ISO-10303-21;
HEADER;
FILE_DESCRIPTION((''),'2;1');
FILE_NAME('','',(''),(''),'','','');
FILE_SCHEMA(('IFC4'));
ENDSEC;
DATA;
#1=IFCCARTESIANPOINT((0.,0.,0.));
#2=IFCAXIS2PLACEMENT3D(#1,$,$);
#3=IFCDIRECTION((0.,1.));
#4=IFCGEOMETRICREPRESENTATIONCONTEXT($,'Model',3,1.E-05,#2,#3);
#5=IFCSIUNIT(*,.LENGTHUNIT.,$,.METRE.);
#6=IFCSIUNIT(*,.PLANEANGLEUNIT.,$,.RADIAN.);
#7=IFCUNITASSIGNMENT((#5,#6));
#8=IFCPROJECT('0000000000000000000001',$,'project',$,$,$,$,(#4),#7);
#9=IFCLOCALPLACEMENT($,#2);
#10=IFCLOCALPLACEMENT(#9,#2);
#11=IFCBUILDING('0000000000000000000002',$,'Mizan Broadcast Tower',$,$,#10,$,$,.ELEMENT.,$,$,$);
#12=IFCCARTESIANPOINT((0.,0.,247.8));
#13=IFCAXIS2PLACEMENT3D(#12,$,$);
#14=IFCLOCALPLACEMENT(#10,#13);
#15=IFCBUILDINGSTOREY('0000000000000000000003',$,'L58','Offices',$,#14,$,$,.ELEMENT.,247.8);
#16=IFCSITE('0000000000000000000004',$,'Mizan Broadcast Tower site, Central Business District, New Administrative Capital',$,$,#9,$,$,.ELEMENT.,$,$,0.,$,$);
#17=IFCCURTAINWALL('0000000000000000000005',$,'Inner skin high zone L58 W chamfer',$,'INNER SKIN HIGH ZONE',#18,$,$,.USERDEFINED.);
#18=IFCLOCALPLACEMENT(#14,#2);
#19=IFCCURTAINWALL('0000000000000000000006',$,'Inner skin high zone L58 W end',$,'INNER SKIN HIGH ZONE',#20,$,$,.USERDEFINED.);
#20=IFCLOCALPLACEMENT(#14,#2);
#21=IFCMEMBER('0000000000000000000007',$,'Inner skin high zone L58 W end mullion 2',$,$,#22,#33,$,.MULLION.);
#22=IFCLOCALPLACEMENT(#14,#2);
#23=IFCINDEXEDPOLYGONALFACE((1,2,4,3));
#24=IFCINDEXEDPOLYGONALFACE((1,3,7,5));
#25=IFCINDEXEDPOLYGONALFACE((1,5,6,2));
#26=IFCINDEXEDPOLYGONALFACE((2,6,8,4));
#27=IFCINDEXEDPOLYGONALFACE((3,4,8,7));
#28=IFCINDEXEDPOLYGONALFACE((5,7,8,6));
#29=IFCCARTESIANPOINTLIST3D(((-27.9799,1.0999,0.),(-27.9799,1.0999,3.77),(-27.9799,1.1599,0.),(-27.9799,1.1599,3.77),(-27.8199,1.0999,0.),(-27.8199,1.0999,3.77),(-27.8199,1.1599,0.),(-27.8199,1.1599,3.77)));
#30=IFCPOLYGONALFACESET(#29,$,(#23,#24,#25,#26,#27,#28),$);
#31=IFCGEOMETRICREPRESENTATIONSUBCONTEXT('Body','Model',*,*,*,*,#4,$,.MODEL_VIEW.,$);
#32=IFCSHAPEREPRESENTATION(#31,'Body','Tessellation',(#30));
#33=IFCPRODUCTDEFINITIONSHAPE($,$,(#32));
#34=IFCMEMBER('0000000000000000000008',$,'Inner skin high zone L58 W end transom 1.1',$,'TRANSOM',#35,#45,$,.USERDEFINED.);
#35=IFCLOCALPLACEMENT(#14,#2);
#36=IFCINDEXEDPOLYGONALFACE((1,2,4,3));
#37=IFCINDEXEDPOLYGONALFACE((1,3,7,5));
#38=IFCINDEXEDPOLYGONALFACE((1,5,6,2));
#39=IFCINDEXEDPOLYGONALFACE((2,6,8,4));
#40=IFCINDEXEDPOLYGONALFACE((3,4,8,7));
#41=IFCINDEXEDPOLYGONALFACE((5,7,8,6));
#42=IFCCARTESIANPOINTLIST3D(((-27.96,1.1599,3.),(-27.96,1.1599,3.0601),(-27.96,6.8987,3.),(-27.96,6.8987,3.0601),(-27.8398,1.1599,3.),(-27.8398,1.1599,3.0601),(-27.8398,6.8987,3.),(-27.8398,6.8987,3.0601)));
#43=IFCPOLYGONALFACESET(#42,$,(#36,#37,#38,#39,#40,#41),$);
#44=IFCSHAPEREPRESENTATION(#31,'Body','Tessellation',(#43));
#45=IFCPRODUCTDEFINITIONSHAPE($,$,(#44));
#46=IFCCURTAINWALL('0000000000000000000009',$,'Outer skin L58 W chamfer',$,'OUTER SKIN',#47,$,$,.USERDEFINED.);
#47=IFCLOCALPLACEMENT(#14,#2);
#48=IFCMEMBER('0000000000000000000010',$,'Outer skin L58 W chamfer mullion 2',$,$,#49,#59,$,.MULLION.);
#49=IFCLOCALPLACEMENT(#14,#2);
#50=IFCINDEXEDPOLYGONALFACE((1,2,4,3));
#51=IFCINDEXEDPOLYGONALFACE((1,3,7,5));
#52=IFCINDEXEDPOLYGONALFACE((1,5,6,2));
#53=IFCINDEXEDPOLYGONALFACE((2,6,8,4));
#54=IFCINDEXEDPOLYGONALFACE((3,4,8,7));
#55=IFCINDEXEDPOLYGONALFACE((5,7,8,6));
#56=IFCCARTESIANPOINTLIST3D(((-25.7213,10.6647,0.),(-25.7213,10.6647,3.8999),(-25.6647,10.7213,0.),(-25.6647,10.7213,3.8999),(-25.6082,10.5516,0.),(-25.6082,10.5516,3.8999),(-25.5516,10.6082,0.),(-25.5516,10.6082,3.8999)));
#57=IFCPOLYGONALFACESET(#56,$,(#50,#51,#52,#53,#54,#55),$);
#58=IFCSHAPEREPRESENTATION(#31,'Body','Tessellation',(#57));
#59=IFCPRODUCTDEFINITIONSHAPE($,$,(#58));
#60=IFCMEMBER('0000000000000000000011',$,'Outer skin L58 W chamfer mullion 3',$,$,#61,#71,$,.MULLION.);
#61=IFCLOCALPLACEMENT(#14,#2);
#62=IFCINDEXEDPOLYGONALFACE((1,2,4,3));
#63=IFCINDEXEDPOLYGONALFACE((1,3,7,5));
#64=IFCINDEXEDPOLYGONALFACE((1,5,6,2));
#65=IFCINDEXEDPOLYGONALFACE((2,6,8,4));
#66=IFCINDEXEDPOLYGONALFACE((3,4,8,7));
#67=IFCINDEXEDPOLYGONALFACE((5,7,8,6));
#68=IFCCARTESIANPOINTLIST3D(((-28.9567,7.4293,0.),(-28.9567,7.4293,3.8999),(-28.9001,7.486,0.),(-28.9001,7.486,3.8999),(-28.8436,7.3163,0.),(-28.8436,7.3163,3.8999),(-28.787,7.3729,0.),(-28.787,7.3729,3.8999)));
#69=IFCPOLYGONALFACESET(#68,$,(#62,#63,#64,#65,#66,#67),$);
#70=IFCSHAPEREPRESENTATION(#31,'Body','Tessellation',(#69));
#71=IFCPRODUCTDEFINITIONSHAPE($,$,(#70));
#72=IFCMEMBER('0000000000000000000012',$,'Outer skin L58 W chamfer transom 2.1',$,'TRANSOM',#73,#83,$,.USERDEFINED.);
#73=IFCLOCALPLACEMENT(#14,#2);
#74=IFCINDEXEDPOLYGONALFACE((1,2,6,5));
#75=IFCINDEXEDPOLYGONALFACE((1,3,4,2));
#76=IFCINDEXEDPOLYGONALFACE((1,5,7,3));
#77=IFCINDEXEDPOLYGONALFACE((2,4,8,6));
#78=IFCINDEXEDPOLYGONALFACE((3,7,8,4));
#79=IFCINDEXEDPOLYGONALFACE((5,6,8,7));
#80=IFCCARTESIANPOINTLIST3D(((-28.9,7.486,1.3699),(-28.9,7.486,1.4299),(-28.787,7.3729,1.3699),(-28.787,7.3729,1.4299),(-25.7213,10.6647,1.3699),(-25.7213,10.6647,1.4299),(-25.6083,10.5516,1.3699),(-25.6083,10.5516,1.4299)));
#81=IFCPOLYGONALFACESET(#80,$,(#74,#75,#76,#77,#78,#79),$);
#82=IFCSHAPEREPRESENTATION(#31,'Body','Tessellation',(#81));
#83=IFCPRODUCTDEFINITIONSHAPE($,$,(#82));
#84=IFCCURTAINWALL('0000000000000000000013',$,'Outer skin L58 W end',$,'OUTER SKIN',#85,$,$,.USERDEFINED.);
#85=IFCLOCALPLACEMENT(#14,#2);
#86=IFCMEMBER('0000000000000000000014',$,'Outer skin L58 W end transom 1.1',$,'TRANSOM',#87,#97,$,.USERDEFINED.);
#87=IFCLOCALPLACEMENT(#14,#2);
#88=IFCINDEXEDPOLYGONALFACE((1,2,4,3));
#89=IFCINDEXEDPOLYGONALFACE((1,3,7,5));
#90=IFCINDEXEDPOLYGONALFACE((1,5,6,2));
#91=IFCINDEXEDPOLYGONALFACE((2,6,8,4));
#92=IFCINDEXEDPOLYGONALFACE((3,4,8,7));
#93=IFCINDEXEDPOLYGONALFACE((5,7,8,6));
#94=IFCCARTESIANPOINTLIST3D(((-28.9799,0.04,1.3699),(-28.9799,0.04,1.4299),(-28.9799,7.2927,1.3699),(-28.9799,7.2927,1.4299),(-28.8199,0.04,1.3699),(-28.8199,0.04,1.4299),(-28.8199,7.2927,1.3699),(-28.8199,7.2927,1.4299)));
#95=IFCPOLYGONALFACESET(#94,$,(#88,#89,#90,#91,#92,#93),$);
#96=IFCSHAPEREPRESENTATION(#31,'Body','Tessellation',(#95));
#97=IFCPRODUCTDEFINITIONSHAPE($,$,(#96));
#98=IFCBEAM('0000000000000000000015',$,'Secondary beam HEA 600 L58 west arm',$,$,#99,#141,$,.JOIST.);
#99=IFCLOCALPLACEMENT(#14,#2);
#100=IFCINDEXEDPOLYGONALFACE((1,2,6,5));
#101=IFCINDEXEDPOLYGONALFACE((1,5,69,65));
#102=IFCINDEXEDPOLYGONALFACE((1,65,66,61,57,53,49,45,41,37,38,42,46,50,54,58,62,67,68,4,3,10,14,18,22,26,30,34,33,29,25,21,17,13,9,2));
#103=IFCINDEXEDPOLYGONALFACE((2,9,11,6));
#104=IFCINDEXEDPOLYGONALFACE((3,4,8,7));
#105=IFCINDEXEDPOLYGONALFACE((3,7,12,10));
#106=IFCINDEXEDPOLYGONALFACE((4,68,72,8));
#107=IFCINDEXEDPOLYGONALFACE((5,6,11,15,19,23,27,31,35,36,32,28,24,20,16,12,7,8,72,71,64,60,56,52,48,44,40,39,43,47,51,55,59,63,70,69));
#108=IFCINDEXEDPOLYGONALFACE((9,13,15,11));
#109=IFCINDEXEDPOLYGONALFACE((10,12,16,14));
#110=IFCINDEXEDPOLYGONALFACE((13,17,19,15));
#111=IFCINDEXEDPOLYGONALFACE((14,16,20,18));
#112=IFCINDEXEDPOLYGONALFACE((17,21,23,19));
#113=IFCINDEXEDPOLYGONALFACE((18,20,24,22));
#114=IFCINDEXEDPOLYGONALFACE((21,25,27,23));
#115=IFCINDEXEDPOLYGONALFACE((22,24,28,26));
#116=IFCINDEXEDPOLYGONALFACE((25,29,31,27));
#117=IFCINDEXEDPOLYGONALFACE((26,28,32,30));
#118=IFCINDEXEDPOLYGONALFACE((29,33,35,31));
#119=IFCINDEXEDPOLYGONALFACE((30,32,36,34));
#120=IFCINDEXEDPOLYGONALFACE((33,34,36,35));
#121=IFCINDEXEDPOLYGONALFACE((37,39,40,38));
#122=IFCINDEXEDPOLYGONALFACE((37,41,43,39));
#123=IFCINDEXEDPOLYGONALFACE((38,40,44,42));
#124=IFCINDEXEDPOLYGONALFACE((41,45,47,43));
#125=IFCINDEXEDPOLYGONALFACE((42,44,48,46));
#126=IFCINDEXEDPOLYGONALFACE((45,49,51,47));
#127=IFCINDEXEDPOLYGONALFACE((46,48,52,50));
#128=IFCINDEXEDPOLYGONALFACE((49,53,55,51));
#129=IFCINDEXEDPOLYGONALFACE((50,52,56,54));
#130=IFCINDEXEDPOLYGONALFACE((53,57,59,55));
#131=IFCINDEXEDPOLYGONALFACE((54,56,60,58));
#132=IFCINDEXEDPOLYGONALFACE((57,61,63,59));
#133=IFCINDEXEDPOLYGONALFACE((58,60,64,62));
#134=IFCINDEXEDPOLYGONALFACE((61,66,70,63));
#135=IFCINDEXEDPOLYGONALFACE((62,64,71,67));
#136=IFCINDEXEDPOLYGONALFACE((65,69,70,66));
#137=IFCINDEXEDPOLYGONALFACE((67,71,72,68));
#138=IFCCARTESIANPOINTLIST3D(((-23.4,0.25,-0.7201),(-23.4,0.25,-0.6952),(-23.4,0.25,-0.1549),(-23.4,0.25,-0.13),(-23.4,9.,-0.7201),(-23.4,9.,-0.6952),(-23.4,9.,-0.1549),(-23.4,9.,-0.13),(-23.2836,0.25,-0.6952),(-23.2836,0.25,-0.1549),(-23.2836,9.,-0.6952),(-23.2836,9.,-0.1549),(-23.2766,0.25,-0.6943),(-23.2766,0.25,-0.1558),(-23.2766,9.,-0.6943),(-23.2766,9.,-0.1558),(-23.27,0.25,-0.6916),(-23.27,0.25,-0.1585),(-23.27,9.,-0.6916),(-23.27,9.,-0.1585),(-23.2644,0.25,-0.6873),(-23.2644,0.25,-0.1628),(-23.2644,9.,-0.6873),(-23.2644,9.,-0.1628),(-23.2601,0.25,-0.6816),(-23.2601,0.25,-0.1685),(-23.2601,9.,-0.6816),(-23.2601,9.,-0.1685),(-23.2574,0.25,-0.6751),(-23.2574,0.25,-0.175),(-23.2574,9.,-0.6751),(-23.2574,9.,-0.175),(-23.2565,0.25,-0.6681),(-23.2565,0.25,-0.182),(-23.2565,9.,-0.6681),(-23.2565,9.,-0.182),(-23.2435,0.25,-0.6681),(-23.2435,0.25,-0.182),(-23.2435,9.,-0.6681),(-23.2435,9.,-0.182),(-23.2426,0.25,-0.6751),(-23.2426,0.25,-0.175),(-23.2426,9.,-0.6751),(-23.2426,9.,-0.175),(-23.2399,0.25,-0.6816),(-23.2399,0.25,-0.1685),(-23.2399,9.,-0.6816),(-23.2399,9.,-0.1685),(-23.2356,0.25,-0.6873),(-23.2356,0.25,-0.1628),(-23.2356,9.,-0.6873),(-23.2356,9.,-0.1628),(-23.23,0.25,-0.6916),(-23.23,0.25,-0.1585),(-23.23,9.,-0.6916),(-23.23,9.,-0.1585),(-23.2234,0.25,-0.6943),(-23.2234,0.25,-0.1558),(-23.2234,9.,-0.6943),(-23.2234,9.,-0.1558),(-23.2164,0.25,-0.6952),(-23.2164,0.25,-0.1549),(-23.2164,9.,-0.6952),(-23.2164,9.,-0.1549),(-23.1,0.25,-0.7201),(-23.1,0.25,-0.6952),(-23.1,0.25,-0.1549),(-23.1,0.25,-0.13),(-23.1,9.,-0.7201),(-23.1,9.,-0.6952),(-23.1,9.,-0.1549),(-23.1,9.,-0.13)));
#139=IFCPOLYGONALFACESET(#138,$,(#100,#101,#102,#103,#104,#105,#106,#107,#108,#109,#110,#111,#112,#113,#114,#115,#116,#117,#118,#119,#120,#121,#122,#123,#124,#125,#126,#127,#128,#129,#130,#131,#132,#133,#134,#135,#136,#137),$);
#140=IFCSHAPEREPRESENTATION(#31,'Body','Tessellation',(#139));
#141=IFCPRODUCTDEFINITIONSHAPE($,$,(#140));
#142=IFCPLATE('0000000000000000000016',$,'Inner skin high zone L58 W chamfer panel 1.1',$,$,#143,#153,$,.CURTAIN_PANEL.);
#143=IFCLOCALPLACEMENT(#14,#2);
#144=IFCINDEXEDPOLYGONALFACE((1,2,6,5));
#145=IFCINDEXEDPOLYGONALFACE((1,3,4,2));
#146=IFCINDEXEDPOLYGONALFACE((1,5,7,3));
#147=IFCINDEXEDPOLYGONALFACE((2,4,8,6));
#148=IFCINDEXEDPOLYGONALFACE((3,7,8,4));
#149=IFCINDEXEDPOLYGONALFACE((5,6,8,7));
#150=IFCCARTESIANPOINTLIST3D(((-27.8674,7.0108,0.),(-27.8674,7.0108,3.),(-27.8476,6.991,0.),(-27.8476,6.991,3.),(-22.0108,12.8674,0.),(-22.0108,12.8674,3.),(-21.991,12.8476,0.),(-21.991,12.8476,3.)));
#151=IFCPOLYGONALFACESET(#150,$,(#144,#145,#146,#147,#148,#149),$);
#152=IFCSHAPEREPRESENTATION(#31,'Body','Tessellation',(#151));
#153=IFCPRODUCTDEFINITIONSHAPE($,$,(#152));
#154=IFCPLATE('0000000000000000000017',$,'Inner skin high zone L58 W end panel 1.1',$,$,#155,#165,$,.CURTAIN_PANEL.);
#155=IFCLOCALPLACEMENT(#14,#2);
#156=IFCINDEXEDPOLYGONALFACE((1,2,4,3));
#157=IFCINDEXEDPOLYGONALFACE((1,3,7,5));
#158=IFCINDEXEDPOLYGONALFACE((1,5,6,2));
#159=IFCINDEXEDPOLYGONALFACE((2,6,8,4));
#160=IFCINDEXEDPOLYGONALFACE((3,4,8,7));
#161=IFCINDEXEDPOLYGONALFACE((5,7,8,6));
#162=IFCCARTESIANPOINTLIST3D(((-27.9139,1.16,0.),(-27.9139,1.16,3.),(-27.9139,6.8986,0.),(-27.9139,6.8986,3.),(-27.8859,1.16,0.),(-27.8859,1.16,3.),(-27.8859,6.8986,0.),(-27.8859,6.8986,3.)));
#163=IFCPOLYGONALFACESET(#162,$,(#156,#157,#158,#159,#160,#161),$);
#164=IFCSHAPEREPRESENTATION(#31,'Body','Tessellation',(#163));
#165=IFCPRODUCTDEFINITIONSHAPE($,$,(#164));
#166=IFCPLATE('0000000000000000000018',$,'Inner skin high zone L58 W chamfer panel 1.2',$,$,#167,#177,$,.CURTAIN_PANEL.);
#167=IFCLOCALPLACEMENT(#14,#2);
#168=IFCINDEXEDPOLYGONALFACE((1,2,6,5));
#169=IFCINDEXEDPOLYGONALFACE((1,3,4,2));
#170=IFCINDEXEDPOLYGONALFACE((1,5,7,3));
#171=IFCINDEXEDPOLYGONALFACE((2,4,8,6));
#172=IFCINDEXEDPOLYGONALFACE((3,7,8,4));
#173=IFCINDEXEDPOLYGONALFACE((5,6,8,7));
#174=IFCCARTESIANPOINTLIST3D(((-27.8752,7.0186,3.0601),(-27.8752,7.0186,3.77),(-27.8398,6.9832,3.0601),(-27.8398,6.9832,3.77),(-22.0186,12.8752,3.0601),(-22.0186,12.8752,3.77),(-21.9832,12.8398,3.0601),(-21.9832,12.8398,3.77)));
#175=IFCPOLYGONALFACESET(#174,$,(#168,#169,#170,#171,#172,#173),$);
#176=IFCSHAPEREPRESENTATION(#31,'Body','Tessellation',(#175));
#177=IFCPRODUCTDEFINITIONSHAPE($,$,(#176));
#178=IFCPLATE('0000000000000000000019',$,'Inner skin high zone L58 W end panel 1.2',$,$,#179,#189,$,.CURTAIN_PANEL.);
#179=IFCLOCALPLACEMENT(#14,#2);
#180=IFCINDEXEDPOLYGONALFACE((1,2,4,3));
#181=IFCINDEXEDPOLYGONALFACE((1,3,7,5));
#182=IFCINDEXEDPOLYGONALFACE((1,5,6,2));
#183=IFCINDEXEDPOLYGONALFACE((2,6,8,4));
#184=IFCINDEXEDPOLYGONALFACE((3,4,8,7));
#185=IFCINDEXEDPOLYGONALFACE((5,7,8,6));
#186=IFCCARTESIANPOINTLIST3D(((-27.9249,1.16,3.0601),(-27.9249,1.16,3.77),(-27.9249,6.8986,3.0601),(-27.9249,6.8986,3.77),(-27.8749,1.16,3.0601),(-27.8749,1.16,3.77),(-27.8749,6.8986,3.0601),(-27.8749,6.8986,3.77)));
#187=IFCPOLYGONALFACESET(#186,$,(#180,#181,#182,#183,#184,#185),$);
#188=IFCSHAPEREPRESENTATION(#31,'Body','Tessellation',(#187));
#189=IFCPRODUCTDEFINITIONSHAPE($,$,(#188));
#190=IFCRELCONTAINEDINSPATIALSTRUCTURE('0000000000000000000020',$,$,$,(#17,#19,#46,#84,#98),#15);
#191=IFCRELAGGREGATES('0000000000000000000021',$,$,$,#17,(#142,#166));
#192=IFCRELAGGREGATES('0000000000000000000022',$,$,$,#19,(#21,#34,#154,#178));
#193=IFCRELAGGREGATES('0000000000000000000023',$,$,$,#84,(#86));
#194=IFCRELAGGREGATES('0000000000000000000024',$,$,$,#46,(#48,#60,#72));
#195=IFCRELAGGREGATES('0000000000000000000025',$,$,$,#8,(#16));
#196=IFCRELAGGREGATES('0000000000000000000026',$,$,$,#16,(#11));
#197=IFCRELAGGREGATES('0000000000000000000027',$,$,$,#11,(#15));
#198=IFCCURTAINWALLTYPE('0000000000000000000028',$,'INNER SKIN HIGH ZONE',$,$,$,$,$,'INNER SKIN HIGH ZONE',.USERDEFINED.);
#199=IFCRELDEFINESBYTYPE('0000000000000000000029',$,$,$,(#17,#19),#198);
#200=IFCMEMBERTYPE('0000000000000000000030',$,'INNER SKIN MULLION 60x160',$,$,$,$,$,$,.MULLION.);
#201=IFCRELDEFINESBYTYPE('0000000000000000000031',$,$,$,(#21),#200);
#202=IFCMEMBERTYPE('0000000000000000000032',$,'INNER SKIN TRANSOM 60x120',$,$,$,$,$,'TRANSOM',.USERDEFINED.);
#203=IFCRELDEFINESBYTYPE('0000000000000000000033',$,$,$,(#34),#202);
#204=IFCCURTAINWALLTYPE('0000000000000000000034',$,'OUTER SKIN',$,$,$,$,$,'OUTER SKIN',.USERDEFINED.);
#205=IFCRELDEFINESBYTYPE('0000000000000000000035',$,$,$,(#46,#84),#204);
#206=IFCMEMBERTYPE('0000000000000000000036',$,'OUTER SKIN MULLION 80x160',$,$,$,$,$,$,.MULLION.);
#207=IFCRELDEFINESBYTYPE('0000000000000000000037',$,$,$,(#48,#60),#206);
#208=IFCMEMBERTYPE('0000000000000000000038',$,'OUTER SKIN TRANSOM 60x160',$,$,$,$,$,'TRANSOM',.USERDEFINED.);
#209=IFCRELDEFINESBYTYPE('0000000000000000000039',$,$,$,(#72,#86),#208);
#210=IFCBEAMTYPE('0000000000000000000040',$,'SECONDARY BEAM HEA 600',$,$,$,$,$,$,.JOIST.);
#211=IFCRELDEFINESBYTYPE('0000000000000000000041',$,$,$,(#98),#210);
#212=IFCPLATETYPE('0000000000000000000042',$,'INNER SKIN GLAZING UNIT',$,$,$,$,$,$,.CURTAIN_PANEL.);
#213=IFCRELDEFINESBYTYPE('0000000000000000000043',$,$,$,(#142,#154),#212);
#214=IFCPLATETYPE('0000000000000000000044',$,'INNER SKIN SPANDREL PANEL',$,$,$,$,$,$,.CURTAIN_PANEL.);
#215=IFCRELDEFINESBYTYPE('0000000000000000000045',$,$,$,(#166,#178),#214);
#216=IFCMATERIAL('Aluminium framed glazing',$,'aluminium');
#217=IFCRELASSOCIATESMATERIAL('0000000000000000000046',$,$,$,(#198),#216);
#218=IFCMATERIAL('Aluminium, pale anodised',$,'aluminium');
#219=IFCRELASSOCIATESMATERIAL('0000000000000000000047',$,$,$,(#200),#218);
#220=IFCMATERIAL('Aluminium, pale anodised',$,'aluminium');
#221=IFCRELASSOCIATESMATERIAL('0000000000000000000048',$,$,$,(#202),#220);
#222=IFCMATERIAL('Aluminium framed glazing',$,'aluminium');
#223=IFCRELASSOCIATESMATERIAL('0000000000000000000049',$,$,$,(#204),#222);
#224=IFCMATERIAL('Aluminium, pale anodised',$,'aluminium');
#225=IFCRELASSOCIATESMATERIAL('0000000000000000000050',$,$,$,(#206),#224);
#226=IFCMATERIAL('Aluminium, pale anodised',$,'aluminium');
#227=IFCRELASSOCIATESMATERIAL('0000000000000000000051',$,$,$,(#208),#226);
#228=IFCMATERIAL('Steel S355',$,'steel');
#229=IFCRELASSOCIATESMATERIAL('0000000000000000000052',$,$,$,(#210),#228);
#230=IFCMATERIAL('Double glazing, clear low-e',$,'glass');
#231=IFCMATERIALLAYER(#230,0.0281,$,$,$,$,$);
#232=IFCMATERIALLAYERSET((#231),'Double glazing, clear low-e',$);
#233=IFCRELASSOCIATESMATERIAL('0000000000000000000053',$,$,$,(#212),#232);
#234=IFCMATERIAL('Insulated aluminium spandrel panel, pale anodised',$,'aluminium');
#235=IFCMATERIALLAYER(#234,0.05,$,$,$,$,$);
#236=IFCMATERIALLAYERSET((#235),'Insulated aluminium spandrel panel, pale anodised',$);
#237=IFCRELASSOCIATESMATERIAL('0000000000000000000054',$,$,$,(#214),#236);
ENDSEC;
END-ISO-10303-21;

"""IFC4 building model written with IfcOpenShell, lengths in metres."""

from ifc_helpers import new_model, si_unit, direction, frame, origin, origin_2d, place, context, subcontext, project, spatial, rectangle, i_section, extrude, material, layer, layer_set, material_profile, profile_set, type_object, element, aggregate, save


model = new_model("IFC4")

# Units and contexts
model_context = context("Model", 3, precision=1e-05, world=origin(), true_north=direction((0.0, 1.0)))
body_context = subcontext(model_context, "Body", "Model", "MODEL_VIEW")
ifc_project = project(units=[si_unit("LENGTHUNIT", "METRE"), si_unit("PLANEANGLEUNIT", "RADIAN")], contexts=[model_context])

# Site, building, storey
site_placement = place(None, origin())
site = spatial("IfcSite", under=ifc_project, at=site_placement, Name="Mizan Broadcast Tower site, Central Business District, New Administrative Capital", CompositionType="ELEMENT", RefElevation=0.0)
building_placement = place(site_placement, origin())
building = spatial("IfcBuilding", under=site, at=building_placement, Name="Mizan Broadcast Tower", CompositionType="ELEMENT")
storey_placement = place(building_placement, frame((0.0, 0.0, 247.8)))
storey = spatial("IfcBuildingStorey", under=building, at=storey_placement, Name="L58", Description="Offices", CompositionType="ELEMENT", Elevation=247.8)

# Curtain wall
ifc_material_1 = material(Name="Aluminium framed glazing", Category="aluminium")
curtain_wall_type_1 = type_object("IfcCurtainWallType", Name="INNER SKIN HIGH ZONE", ElementType="INNER SKIN HIGH ZONE", PredefinedType="USERDEFINED", material=ifc_material_1)
curtain_wall_1_placement = place(storey_placement, origin())
curtain_wall_1 = element("IfcCurtainWall", 1, at=curtain_wall_1_placement, inside=storey, type_object=curtain_wall_type_1, Name="Inner skin high zone L58 W chamfer", ObjectType="INNER SKIN HIGH ZONE", PredefinedType="USERDEFINED")
ifc_material_2 = material(Name="Aluminium, pale anodised", Category="aluminium")
ifc_material_profile_1 = material_profile(ifc_material_2, rectangle(XDim=0.1599, YDim=0.0601, at=origin_2d()), Name="MULLION 160x60")
ifc_profile_set_1 = profile_set([ifc_material_profile_1], Name="Aluminium, pale anodised")
member_type_1 = type_object("IfcMemberType", Name="INNER SKIN MULLION 60x160", PredefinedType="MULLION", material=ifc_profile_set_1)

# Curtain walls, members
curtain_wall_2_placement = place(storey_placement, origin())
curtain_wall_2 = element("IfcCurtainWall", 2, at=curtain_wall_2_placement, inside=storey, type_object=curtain_wall_type_1, Name="Inner skin high zone L58 W end", ObjectType="INNER SKIN HIGH ZONE", PredefinedType="USERDEFINED")
member_1_placement = place(storey_placement, frame((-27.8999, 1.1299, 0.0), z_axis=(0.0, 0.0, 1.0), x_axis=(1.0, 0.0, 0.0)))
member_1 = element("IfcMember", 3, at=member_1_placement, type_object=member_type_1, Name="Inner skin high zone L58 W end mullion 2", PredefinedType="MULLION", context=body_context, shape_type="SweptSolid", body=[
    extrude(rectangle(XDim=0.1599, YDim=0.0601, at=origin_2d()), origin(), (0.0, 0.0, 1.0), 3.77),
])
ifc_material_3 = material(Name="Aluminium, pale anodised", Category="aluminium")
ifc_material_profile_2 = material_profile(ifc_material_3, rectangle(XDim=0.1201, YDim=0.0601, at=origin_2d()), Name="TRANSOM 120x60")
ifc_profile_set_2 = profile_set([ifc_material_profile_2], Name="Aluminium, pale anodised")
member_type_2 = type_object("IfcMemberType", Name="INNER SKIN TRANSOM 60x120", ElementType="TRANSOM", PredefinedType="USERDEFINED", material=ifc_profile_set_2)
member_2_placement = place(storey_placement, frame((-27.8999, 6.8987, 3.03), z_axis=(0.0, -1.0, 0.0), x_axis=(1.0, 0.0, 0.0)))
member_2 = element("IfcMember", 4, at=member_2_placement, type_object=member_type_2, Name="Inner skin high zone L58 W end transom 1.1", ObjectType="TRANSOM", PredefinedType="USERDEFINED", context=body_context, shape_type="SweptSolid", body=[
    extrude(rectangle(XDim=0.1201, YDim=0.0601, at=origin_2d()), origin(), (0.0, 0.0, 1.0), 5.7388),
])
ifc_material_4 = material(Name="Aluminium framed glazing", Category="aluminium")
curtain_wall_type_2 = type_object("IfcCurtainWallType", Name="OUTER SKIN", ElementType="OUTER SKIN", PredefinedType="USERDEFINED", material=ifc_material_4)
curtain_wall_3_placement = place(storey_placement, origin())
curtain_wall_3 = element("IfcCurtainWall", 5, at=curtain_wall_3_placement, inside=storey, type_object=curtain_wall_type_2, Name="Outer skin L58 W chamfer", ObjectType="OUTER SKIN", PredefinedType="USERDEFINED")
ifc_material_5 = material(Name="Aluminium, pale anodised", Category="aluminium")
ifc_material_profile_3 = material_profile(ifc_material_5, rectangle(XDim=0.1599, YDim=0.0801, at=origin_2d()), Name="MULLION 160x80")
ifc_profile_set_3 = profile_set([ifc_material_profile_3], Name="Aluminium, pale anodised")
member_type_3 = type_object("IfcMemberType", Name="OUTER SKIN MULLION 80x160", PredefinedType="MULLION", material=ifc_profile_set_3)
member_3_placement = place(storey_placement, frame((-25.6365, 10.6365, 0.0), z_axis=(0.0, 0.0, 1.0), x_axis=(0.707107, -0.707107, 0.0)))
member_3 = element("IfcMember", 6, at=member_3_placement, type_object=member_type_3, Name="Outer skin L58 W chamfer mullion 2", PredefinedType="MULLION", context=body_context, shape_type="SweptSolid", body=[
    extrude(rectangle(XDim=0.1599, YDim=0.0801, at=origin_2d()), origin(), (0.0, 0.0, 1.0), 3.8999),
])
member_4_placement = place(storey_placement, frame((-28.8718, 7.4011, 0.0), z_axis=(0.0, 0.0, 1.0), x_axis=(0.707107, -0.707107, 0.0)))
member_4 = element("IfcMember", 7, at=member_4_placement, type_object=member_type_3, Name="Outer skin L58 W chamfer mullion 3", PredefinedType="MULLION", context=body_context, shape_type="SweptSolid", body=[
    extrude(rectangle(XDim=0.1599, YDim=0.0801, at=origin_2d()), origin(), (0.0, 0.0, 1.0), 3.8999),
])
ifc_material_6 = material(Name="Aluminium, pale anodised", Category="aluminium")
ifc_material_profile_4 = material_profile(ifc_material_6, rectangle(XDim=0.1599, YDim=0.0601, at=origin_2d()), Name="TRANSOM 160x60")
ifc_profile_set_4 = profile_set([ifc_material_profile_4], Name="Aluminium, pale anodised")
member_type_4 = type_object("IfcMemberType", Name="OUTER SKIN TRANSOM 60x160", ElementType="TRANSOM", PredefinedType="USERDEFINED", material=ifc_profile_set_4)
member_5_placement = place(storey_placement, frame((-25.6648, 10.6082, 1.3999), z_axis=(-0.707107, -0.707107, 0.0), x_axis=(0.707107, -0.707107, 0.0)))
member_5 = element("IfcMember", 8, at=member_5_placement, type_object=member_type_4, Name="Outer skin L58 W chamfer transom 2.1", ObjectType="TRANSOM", PredefinedType="USERDEFINED", context=body_context, shape_type="SweptSolid", body=[
    extrude(rectangle(XDim=0.1599, YDim=0.0601, at=origin_2d()), origin(), (0.0, 0.0, 1.0), 4.4954),
])

# Curtain wall, member
curtain_wall_4_placement = place(storey_placement, origin())
curtain_wall_4 = element("IfcCurtainWall", 9, at=curtain_wall_4_placement, inside=storey, type_object=curtain_wall_type_2, Name="Outer skin L58 W end", ObjectType="OUTER SKIN", PredefinedType="USERDEFINED")
member_6_placement = place(storey_placement, frame((-28.8999, 7.2927, 1.3999), z_axis=(0.0, -1.0, 0.0), x_axis=(1.0, 0.0, 0.0)))
member_6 = element("IfcMember", 10, at=member_6_placement, type_object=member_type_4, Name="Outer skin L58 W end transom 1.1", ObjectType="TRANSOM", PredefinedType="USERDEFINED", context=body_context, shape_type="SweptSolid", body=[
    extrude(rectangle(XDim=0.1599, YDim=0.0601, at=origin_2d()), origin(), (0.0, 0.0, 1.0), 7.2527),
])

# Beam
ifc_material_7 = material(Name="Steel S355", Category="steel")
ifc_material_profile_5 = material_profile(ifc_material_7, i_section(OverallWidth=0.3, OverallDepth=0.5901, WebThickness=0.0129, FlangeThickness=0.0249, FilletRadius=0.0271, at=origin_2d()), Name="HEA 600")
ifc_profile_set_5 = profile_set([ifc_material_profile_5], Name="Steel S355")
beam_type_1 = type_object("IfcBeamType", Name="SECONDARY BEAM HEA 600", PredefinedType="JOIST", material=ifc_profile_set_5)
beam_1_placement = place(storey_placement, frame((-23.25, 9.0, -0.425), z_axis=(0.0, -1.0, 0.0), x_axis=(1.0, 0.0, 0.0)))
element("IfcBeam", 11, at=beam_1_placement, inside=storey, type_object=beam_type_1, Name="Secondary beam HEA 600 L58 west arm", PredefinedType="JOIST", context=body_context, shape_type="SweptSolid", body=[
    extrude(i_section(OverallWidth=0.3, OverallDepth=0.5901, WebThickness=0.0129, FlangeThickness=0.0249, FilletRadius=0.0271, at=origin_2d()), origin(), (0.0, 0.0, 1.0), 8.75),
])

# Plates
ifc_material_8 = material(Name="Double glazing, clear low-e", Category="glass")
ifc_layer_1 = layer(ifc_material_8, 0.0281)
ifc_layer_set_1 = layer_set([ifc_layer_1], Name="Double glazing, clear low-e")
plate_type_1 = type_object("IfcPlateType", Name="INNER SKIN GLAZING UNIT", PredefinedType="CURTAIN_PANEL", material=ifc_layer_set_1)
plate_1_placement = place(storey_placement, frame((-24.9292, 9.9292, 0.0), z_axis=(0.0, 0.0, 1.0), x_axis=(-0.707107, -0.707107, 0.0)))
plate_1 = element("IfcPlate", 12, at=plate_1_placement, type_object=plate_type_1, Name="Inner skin high zone L58 W chamfer panel 1.1", PredefinedType="CURTAIN_PANEL", context=body_context, shape_type="SweptSolid", body=[
    extrude(rectangle(XDim=8.2825, YDim=0.0281, at=origin_2d()), origin(), (0.0, 0.0, 1.0), 3.0),
])
plate_2_placement = place(storey_placement, frame((-27.8999, 4.0293, 0.0), z_axis=(0.0, 0.0, 1.0), x_axis=(0.0, -1.0, 0.0)))
plate_2 = element("IfcPlate", 13, at=plate_2_placement, type_object=plate_type_1, Name="Inner skin high zone L58 W end panel 1.1", PredefinedType="CURTAIN_PANEL", context=body_context, shape_type="SweptSolid", body=[
    extrude(rectangle(XDim=5.7385, YDim=0.0281, at=origin_2d()), origin(), (0.0, 0.0, 1.0), 3.0),
])
ifc_material_9 = material(Name="Insulated aluminium spandrel panel, pale anodised", Category="aluminium")
ifc_layer_2 = layer(ifc_material_9, 0.05)
ifc_layer_set_2 = layer_set([ifc_layer_2], Name="Insulated aluminium spandrel panel, pale anodised")
plate_type_2 = type_object("IfcPlateType", Name="INNER SKIN SPANDREL PANEL", PredefinedType="CURTAIN_PANEL", material=ifc_layer_set_2)
plate_3_placement = place(storey_placement, frame((-24.9292, 9.9292, 3.0601), z_axis=(0.0, 0.0, 1.0), x_axis=(-0.707107, -0.707107, 0.0)))
plate_3 = element("IfcPlate", 14, at=plate_3_placement, type_object=plate_type_2, Name="Inner skin high zone L58 W chamfer panel 1.2", PredefinedType="CURTAIN_PANEL", context=body_context, shape_type="SweptSolid", body=[
    extrude(rectangle(XDim=8.2825, YDim=0.05, at=origin_2d()), origin(), (0.0, 0.0, 1.0), 0.71),
])
aggregate(curtain_wall_1, [plate_1, plate_3])
plate_4_placement = place(storey_placement, frame((-27.8999, 4.0293, 3.0601), z_axis=(0.0, 0.0, 1.0), x_axis=(0.0, -1.0, 0.0)))
plate_4 = element("IfcPlate", 15, at=plate_4_placement, type_object=plate_type_2, Name="Inner skin high zone L58 W end panel 1.2", PredefinedType="CURTAIN_PANEL", context=body_context, shape_type="SweptSolid", body=[
    extrude(rectangle(XDim=5.7385, YDim=0.05, at=origin_2d()), origin(), (0.0, 0.0, 1.0), 0.71),
])
aggregate(curtain_wall_2, [member_1, member_2, plate_2, plate_4])
aggregate(curtain_wall_4, [member_6])
aggregate(curtain_wall_3, [member_3, member_4, member_5])

save(model, "model.ifc")
